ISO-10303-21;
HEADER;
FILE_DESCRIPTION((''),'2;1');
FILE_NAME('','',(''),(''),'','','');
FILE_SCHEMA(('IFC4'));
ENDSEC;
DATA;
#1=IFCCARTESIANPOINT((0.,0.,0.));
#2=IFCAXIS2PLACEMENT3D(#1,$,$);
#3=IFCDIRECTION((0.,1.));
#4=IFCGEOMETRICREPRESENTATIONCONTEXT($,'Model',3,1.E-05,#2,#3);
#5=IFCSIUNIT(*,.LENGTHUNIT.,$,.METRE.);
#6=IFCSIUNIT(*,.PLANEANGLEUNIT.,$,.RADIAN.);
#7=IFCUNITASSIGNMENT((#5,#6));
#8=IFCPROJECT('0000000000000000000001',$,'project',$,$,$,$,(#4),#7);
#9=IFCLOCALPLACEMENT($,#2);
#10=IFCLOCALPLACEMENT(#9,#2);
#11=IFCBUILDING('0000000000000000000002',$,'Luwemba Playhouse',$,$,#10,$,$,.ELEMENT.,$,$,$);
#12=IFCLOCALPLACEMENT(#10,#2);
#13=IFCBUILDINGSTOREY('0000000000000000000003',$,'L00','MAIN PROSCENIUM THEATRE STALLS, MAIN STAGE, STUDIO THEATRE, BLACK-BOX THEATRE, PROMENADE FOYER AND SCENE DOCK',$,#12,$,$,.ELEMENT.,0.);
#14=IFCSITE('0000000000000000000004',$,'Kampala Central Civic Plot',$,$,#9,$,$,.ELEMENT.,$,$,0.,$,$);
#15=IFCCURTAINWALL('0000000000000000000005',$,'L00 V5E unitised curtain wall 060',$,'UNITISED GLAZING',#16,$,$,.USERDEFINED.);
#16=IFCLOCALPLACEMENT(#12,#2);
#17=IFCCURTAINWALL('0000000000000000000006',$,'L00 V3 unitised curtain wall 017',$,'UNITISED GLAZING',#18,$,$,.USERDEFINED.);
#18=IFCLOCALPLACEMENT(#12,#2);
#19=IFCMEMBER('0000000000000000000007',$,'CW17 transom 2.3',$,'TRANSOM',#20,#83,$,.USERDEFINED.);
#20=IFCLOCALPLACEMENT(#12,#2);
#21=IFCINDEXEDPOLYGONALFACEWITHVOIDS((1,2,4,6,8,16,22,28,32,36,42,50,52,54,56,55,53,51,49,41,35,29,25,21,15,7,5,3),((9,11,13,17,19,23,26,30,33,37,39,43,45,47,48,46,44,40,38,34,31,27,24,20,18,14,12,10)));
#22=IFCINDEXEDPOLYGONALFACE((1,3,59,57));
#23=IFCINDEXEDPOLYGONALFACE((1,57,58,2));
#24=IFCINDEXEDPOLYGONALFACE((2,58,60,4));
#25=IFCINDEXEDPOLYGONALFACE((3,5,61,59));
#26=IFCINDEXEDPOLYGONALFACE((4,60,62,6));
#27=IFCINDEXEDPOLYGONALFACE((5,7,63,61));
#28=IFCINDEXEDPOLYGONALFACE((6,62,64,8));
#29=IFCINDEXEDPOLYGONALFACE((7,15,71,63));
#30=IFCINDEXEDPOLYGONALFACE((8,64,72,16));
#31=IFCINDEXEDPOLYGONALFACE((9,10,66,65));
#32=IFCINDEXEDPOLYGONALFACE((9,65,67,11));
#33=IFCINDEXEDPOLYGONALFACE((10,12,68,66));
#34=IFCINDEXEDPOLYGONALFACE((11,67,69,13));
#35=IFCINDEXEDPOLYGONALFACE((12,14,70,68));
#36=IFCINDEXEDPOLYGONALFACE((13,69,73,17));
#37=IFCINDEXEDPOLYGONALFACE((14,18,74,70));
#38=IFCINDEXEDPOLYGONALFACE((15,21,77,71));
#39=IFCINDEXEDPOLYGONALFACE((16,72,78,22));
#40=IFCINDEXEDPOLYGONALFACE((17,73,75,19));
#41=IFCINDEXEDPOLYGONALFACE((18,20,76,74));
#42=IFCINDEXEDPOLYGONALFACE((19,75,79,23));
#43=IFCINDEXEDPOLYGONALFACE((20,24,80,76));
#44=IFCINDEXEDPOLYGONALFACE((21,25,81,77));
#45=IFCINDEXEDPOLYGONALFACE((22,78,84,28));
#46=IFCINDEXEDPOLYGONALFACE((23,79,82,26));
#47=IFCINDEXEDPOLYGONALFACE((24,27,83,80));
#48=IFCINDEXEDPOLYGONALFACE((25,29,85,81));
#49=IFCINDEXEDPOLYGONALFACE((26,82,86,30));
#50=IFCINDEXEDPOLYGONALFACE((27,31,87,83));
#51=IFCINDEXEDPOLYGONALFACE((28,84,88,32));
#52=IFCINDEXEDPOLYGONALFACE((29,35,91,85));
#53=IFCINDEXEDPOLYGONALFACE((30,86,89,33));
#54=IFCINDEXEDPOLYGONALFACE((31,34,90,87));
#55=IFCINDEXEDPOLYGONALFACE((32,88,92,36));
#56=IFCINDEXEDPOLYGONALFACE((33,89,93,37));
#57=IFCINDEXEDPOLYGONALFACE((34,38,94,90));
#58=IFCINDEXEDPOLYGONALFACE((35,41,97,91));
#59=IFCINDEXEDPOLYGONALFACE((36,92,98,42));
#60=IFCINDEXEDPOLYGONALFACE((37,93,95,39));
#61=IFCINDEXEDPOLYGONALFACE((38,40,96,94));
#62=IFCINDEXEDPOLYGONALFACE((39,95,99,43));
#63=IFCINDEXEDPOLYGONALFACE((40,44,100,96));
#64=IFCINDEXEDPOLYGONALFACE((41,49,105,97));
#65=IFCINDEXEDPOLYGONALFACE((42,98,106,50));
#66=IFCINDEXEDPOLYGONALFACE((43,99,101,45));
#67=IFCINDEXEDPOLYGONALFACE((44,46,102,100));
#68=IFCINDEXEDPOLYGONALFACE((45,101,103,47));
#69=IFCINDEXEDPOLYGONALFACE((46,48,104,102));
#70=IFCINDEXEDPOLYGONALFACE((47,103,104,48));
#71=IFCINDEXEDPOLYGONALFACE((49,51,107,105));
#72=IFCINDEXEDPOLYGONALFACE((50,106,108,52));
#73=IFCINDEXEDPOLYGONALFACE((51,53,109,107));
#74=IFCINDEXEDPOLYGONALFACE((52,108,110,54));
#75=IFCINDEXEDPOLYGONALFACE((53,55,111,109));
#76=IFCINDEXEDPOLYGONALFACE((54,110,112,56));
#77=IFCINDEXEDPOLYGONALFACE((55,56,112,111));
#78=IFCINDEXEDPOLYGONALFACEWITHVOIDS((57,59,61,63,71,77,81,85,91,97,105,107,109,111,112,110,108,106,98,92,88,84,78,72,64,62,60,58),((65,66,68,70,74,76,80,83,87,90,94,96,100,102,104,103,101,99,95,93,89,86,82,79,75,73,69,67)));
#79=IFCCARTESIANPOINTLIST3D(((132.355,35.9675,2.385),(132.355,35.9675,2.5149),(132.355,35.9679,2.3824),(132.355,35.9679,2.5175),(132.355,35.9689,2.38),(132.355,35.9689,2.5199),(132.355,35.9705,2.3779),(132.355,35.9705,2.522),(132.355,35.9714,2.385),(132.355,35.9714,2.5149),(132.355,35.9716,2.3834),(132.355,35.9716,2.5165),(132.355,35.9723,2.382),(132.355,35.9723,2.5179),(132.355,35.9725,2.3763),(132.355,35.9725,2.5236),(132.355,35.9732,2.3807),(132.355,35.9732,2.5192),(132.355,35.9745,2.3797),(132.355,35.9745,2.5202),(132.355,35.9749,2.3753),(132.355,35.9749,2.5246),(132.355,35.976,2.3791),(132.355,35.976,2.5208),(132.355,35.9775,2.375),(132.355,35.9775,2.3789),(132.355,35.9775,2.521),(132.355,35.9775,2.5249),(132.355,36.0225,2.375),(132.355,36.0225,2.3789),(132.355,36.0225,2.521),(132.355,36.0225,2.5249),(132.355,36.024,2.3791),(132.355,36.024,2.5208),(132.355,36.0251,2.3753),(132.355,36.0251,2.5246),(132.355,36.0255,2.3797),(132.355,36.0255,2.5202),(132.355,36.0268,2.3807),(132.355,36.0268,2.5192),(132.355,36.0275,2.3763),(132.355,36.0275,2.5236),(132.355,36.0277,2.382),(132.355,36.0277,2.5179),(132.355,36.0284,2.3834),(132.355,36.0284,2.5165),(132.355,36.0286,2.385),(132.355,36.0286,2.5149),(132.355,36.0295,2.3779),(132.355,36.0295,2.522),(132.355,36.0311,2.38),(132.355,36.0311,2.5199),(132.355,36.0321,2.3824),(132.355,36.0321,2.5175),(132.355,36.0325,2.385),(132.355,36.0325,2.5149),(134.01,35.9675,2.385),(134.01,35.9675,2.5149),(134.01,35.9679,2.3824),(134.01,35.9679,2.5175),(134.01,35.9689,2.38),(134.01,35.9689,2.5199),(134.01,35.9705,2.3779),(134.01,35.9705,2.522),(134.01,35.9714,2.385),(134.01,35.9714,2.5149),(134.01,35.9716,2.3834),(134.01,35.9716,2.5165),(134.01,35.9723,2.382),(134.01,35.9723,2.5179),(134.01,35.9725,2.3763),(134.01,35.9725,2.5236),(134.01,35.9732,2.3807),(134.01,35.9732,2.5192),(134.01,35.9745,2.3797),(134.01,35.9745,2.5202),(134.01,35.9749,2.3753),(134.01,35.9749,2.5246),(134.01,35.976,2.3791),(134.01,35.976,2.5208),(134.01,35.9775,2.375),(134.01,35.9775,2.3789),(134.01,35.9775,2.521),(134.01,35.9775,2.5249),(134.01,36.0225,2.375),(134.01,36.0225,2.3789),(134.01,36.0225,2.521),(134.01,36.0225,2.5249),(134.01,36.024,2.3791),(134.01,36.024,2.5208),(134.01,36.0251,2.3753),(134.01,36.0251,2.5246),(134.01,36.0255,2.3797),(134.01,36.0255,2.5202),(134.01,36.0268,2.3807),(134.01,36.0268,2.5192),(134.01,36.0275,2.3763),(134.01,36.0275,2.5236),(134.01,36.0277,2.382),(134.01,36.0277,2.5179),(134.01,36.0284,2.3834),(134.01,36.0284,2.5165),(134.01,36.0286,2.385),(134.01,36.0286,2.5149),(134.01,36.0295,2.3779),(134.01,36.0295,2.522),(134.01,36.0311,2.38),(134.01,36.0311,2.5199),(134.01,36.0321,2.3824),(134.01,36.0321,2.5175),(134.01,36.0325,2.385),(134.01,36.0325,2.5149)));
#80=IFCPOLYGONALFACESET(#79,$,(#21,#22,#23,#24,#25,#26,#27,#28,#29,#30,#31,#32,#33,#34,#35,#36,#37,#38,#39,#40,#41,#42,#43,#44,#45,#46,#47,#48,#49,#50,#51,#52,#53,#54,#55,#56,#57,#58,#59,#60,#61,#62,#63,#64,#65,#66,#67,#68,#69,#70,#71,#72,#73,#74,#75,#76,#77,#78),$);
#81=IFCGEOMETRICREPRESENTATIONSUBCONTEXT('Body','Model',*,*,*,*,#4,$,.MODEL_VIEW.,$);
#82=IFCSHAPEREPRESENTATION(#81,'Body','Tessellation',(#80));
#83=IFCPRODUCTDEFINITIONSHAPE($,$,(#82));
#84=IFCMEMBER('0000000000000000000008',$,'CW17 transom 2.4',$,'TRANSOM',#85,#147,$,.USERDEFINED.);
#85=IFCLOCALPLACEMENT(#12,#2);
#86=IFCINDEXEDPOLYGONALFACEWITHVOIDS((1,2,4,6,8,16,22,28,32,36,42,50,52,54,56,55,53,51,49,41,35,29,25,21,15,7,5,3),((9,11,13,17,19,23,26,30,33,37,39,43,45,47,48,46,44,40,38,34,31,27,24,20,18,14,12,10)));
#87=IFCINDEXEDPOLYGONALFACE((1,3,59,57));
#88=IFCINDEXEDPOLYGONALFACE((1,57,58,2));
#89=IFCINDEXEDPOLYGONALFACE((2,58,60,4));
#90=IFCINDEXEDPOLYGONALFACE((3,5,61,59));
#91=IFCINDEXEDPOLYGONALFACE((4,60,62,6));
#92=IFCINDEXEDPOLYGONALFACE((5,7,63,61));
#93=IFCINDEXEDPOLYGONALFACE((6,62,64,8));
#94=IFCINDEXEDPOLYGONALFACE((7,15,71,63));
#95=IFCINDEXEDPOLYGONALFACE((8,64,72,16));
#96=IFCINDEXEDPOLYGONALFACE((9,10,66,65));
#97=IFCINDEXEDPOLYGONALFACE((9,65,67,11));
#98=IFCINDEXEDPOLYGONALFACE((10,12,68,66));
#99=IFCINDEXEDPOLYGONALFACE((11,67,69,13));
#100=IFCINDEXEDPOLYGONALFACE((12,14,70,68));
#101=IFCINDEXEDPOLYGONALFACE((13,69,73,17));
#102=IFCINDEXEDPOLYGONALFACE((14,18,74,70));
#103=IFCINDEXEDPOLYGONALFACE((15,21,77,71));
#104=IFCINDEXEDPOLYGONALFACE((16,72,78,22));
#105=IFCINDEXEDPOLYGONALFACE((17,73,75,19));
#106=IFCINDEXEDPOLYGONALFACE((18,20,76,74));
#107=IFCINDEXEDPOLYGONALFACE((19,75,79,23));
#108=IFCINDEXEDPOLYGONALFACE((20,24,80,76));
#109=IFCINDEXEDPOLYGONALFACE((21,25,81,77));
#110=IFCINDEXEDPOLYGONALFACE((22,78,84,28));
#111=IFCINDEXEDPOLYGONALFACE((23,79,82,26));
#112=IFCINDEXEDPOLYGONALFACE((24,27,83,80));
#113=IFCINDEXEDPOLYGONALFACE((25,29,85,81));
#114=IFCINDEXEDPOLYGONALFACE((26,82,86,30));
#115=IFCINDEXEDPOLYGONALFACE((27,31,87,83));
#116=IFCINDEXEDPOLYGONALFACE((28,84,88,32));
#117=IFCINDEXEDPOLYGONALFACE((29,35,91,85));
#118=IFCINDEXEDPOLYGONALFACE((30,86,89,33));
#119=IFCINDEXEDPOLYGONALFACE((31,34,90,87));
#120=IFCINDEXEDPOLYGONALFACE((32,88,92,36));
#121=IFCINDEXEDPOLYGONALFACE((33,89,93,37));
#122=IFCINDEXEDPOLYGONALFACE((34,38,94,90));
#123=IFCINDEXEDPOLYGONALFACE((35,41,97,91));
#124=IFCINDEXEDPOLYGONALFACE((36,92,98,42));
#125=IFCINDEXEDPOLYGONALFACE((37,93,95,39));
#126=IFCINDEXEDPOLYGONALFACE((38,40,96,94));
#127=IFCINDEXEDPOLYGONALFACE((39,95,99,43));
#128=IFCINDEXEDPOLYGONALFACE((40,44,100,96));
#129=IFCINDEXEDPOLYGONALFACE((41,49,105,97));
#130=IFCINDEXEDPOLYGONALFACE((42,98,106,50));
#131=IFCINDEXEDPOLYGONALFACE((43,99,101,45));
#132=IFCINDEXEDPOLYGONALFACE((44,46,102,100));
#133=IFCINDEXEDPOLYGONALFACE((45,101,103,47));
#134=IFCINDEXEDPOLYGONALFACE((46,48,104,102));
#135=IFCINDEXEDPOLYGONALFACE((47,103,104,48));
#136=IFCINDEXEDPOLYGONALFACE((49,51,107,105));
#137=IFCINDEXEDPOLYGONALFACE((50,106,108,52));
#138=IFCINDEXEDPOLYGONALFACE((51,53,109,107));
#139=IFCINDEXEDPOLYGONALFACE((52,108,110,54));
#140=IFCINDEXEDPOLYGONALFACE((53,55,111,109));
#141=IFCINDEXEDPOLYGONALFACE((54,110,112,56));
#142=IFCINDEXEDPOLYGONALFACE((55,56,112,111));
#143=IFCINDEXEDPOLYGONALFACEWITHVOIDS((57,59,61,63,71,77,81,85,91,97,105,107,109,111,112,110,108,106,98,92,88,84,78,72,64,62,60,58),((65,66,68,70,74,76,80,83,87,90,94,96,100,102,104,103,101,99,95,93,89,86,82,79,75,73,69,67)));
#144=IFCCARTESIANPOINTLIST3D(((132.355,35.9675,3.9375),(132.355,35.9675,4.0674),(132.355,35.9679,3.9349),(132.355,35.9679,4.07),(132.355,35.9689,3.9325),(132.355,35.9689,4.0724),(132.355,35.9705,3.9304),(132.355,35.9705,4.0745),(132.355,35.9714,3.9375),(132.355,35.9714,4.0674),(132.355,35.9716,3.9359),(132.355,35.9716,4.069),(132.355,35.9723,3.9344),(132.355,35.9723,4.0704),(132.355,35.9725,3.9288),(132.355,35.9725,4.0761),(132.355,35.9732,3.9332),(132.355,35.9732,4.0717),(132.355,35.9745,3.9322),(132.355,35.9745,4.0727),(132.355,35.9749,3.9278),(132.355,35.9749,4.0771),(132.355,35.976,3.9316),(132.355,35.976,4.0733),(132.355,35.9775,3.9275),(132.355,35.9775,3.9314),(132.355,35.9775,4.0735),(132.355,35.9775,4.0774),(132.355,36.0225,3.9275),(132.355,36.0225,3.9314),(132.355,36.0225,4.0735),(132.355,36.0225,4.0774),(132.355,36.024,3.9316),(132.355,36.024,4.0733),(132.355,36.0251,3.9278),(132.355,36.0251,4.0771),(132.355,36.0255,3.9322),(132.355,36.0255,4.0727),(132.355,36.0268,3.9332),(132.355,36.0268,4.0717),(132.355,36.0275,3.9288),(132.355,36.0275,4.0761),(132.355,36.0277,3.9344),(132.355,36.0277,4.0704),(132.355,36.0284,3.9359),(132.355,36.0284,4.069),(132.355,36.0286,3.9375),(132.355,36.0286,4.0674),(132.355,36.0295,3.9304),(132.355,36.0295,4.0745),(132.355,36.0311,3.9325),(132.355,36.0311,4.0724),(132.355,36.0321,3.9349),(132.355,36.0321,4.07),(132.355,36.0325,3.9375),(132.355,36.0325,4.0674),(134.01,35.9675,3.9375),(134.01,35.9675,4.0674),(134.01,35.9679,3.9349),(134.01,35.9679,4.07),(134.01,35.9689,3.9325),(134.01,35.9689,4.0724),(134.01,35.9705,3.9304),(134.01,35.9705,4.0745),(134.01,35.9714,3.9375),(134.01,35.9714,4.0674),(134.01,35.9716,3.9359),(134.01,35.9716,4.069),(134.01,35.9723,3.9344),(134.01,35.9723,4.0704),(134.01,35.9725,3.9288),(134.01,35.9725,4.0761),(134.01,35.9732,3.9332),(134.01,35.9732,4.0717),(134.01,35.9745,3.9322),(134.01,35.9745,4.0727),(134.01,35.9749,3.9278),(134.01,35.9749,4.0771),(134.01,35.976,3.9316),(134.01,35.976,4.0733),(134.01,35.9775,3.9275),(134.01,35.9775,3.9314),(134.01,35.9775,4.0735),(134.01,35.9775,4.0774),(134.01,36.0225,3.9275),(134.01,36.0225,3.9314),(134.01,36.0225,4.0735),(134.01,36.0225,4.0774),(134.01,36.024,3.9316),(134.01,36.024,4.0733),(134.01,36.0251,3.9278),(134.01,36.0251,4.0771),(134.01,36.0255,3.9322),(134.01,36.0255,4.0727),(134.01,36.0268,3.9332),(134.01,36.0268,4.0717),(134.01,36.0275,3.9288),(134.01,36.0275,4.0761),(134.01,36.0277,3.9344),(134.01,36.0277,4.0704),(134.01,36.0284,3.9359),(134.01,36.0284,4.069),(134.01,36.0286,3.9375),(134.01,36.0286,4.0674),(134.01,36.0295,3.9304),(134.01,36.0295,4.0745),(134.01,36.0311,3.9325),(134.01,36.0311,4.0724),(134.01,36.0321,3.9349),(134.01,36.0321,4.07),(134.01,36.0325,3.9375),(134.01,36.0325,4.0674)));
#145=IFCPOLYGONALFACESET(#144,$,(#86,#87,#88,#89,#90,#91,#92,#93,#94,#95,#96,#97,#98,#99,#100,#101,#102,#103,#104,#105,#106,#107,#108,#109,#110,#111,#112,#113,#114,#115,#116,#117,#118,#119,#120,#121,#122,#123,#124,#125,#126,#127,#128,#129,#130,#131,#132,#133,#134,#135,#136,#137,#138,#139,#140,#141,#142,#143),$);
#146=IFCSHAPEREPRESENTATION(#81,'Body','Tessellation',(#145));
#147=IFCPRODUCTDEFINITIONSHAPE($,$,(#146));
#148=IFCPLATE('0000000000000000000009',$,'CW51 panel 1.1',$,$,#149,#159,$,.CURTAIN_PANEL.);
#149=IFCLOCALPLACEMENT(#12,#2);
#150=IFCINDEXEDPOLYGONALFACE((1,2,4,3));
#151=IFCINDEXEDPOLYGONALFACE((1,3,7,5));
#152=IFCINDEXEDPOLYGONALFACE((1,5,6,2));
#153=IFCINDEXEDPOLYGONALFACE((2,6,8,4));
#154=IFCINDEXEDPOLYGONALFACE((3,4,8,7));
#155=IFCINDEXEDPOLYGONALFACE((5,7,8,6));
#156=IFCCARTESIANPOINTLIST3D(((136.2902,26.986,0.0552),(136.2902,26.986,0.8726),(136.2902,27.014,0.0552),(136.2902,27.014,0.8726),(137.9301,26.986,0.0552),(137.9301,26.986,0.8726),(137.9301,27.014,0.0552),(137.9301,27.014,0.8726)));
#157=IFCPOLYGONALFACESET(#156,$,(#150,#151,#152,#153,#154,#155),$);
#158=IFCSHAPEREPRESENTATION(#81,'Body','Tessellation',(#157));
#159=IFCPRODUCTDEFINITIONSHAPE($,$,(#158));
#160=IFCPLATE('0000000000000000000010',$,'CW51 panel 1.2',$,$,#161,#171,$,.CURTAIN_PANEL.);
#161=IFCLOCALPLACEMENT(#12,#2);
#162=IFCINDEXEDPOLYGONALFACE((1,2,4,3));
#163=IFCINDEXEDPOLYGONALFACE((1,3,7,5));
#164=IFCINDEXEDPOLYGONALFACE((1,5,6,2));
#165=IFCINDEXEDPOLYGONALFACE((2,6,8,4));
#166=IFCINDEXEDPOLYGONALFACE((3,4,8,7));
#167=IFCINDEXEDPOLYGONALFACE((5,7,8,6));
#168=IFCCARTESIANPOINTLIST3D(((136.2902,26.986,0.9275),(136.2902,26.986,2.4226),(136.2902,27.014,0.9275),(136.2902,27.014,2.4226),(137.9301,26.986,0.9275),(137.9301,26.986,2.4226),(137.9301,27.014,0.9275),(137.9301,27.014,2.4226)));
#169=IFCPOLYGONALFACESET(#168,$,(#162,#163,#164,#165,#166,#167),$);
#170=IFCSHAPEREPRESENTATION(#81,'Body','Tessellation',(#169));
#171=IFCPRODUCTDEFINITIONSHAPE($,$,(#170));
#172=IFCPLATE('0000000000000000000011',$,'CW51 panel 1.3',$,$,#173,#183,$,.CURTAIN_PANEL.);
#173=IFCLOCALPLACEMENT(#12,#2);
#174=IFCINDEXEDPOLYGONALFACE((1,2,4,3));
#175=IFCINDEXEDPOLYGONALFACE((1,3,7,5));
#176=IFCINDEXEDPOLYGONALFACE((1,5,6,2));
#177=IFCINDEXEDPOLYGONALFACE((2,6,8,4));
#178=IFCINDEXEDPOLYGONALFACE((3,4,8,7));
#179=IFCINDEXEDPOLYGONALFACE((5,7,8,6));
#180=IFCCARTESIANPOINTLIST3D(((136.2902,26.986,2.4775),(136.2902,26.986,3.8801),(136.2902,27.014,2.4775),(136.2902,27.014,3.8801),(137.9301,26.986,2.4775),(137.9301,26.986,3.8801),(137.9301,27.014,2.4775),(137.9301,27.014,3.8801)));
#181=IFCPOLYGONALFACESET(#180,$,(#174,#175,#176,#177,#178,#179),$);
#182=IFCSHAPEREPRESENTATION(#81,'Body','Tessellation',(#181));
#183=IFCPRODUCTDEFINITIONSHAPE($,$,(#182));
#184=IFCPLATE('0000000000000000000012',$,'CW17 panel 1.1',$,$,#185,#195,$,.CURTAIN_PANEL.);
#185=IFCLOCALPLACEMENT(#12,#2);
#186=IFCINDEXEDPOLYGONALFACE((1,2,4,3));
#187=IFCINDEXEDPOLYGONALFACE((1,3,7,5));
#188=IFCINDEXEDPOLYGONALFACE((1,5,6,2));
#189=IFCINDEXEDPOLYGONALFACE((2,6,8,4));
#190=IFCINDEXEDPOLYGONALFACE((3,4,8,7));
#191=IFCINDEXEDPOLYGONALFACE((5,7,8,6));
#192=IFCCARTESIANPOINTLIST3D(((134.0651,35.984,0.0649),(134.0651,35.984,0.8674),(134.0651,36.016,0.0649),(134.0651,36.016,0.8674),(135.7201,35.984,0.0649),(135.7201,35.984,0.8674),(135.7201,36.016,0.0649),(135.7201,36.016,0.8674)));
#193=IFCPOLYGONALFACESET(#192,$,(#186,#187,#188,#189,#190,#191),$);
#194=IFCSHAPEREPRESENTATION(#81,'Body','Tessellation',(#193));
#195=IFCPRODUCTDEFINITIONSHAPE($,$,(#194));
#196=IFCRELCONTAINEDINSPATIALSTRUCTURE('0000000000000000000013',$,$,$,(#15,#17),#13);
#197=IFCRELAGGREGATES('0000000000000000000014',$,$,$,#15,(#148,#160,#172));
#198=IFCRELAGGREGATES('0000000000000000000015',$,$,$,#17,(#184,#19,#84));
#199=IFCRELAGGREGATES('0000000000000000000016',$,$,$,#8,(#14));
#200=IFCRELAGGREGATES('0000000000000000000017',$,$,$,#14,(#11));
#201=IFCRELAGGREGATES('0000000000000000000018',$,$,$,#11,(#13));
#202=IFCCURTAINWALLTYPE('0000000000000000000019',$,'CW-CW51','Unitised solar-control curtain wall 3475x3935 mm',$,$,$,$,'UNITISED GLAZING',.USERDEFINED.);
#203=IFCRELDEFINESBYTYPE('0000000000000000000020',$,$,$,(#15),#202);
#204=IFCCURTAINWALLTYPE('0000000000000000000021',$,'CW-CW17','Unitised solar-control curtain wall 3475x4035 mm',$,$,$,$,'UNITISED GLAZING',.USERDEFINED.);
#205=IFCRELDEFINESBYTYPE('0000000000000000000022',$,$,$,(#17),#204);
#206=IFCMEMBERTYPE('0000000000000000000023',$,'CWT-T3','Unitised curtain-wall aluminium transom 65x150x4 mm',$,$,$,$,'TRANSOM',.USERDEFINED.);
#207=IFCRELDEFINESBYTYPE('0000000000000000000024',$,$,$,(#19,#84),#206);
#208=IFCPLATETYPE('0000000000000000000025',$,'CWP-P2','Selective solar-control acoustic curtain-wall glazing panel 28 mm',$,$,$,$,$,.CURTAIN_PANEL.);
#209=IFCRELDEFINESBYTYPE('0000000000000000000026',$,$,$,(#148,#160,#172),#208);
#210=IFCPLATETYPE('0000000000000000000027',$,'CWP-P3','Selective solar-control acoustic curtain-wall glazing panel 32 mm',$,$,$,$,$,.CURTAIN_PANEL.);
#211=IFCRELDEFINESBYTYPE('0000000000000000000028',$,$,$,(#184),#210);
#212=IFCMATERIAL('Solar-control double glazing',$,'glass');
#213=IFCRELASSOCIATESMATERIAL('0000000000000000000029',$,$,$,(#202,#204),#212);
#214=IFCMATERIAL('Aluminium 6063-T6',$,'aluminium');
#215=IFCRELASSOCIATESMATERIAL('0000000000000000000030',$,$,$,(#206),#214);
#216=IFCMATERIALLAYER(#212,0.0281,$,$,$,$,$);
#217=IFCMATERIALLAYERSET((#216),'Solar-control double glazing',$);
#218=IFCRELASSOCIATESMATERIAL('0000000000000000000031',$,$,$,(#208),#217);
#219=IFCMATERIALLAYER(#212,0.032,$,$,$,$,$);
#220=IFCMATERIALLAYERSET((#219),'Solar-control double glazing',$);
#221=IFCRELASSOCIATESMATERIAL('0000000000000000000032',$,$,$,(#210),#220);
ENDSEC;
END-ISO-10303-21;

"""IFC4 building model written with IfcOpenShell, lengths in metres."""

from ifc_helpers import new_model, si_unit, direction, frame, origin, origin_2d, place, context, subcontext, project, spatial, rectangle, hollow_rectangle, extrude, material, layer, layer_set, material_profile, profile_set, type_object, element, aggregate, save


model = new_model("IFC4")

# Units and contexts
model_context = context("Model", 3, precision=1e-05, world=origin(), true_north=direction((0.0, 1.0)))
body_context = subcontext(model_context, "Body", "Model", "MODEL_VIEW")
ifc_project = project(units=[si_unit("LENGTHUNIT", "METRE"), si_unit("PLANEANGLEUNIT", "RADIAN")], contexts=[model_context])

# Site, building, storey
site_placement = place(None, origin())
site = spatial("IfcSite", under=ifc_project, at=site_placement, Name="Kampala Central Civic Plot", CompositionType="ELEMENT", RefElevation=0.0)
building_placement = place(site_placement, origin())
building = spatial("IfcBuilding", under=site, at=building_placement, Name="Luwemba Playhouse", CompositionType="ELEMENT")
storey_placement = place(building_placement, origin())
storey = spatial("IfcBuildingStorey", under=building, at=storey_placement, Name="L00", Description="MAIN PROSCENIUM THEATRE STALLS, MAIN STAGE, STUDIO THEATRE, BLACK-BOX THEATRE, PROMENADE FOYER AND SCENE DOCK", CompositionType="ELEMENT", Elevation=0.0)

# Curtain wall
ifc_material_1 = material(Name="Solar-control double glazing", Category="glass")
curtain_wall_type_1 = type_object("IfcCurtainWallType", Name="CW-CW51", Description="Unitised solar-control curtain wall 3475x3935 mm", ElementType="UNITISED GLAZING", PredefinedType="USERDEFINED", material=ifc_material_1)
curtain_wall_1_placement = place(storey_placement, origin())
curtain_wall_1 = element("IfcCurtainWall", 1, at=curtain_wall_1_placement, inside=storey, type_object=curtain_wall_type_1, Name="L00 V5E unitised curtain wall 060", ObjectType="UNITISED GLAZING", PredefinedType="USERDEFINED")
ifc_material_2 = material(Name="Aluminium 6063-T6", Category="aluminium")

# Curtain wall
curtain_wall_type_2 = type_object("IfcCurtainWallType", Name="CW-CW17", Description="Unitised solar-control curtain wall 3475x4035 mm", ElementType="UNITISED GLAZING", PredefinedType="USERDEFINED", material=ifc_material_1)
curtain_wall_2_placement = place(storey_placement, origin())
curtain_wall_2 = element("IfcCurtainWall", 2, at=curtain_wall_2_placement, inside=storey, type_object=curtain_wall_type_2, Name="L00 V3 unitised curtain wall 017", ObjectType="UNITISED GLAZING", PredefinedType="USERDEFINED")

# Members
ifc_material_profile_1 = material_profile(ifc_material_2, hollow_rectangle(XDim=0.0649, YDim=0.1499, WallThickness=0.0039, InnerFilletRadius=0.0061, OuterFilletRadius=0.01, at=origin_2d()))
ifc_profile_set_1 = profile_set([ifc_material_profile_1], Name="Aluminium 6063-T6")
member_type_1 = type_object("IfcMemberType", Name="CWT-T3", Description="Unitised curtain-wall aluminium transom 65x150x4 mm", ElementType="TRANSOM", PredefinedType="USERDEFINED", material=ifc_profile_set_1)
member_1_placement = place(storey_placement, frame((134.01, 36.0, 2.45), z_axis=(-1.0, 0.0, 0.0), x_axis=(0.0, -1.0, 0.0)))
member_1 = element("IfcMember", 3, at=member_1_placement, type_object=member_type_1, Name="CW17 transom 2.3", ObjectType="TRANSOM", PredefinedType="USERDEFINED", context=body_context, shape_type="SweptSolid", body=[
    extrude(hollow_rectangle(XDim=0.0649, YDim=0.1499, WallThickness=0.0039, InnerFilletRadius=0.0061, OuterFilletRadius=0.01, at=origin_2d()), origin(), (0.0, 0.0, 1.0), 1.655),
])
member_2_placement = place(storey_placement, frame((134.01, 36.0, 4.0024), z_axis=(-1.0, 0.0, 0.0), x_axis=(0.0, -1.0, 0.0)))
member_2 = element("IfcMember", 4, at=member_2_placement, type_object=member_type_1, Name="CW17 transom 2.4", ObjectType="TRANSOM", PredefinedType="USERDEFINED", context=body_context, shape_type="SweptSolid", body=[
    extrude(hollow_rectangle(XDim=0.0649, YDim=0.1499, WallThickness=0.0039, InnerFilletRadius=0.0061, OuterFilletRadius=0.01, at=origin_2d()), origin(), (0.0, 0.0, 1.0), 1.655),
])

# Plates
ifc_layer_1 = layer(ifc_material_1, 0.0281)
ifc_layer_set_1 = layer_set([ifc_layer_1], Name="Solar-control double glazing")
plate_type_1 = type_object("IfcPlateType", Name="CWP-P2", Description="Selective solar-control acoustic curtain-wall glazing panel 28 mm", PredefinedType="CURTAIN_PANEL", material=ifc_layer_set_1)
plate_1_placement = place(storey_placement, frame((137.1101, 27.0, 0.0552), z_axis=(0.0, 0.0, 1.0), x_axis=(1.0, 0.0, 0.0)))
plate_1 = element("IfcPlate", 5, at=plate_1_placement, type_object=plate_type_1, Name="CW51 panel 1.1", PredefinedType="CURTAIN_PANEL", context=body_context, shape_type="SweptSolid", body=[
    extrude(rectangle(XDim=1.6399, YDim=0.0281, at=origin_2d()), origin(), (0.0, 0.0, 1.0), 0.8174),
])
plate_2_placement = place(storey_placement, frame((137.1101, 27.0, 0.9275), z_axis=(0.0, 0.0, 1.0), x_axis=(1.0, 0.0, 0.0)))
plate_2 = element("IfcPlate", 6, at=plate_2_placement, type_object=plate_type_1, Name="CW51 panel 1.2", PredefinedType="CURTAIN_PANEL", context=body_context, shape_type="SweptSolid", body=[
    extrude(rectangle(XDim=1.6399, YDim=0.0281, at=origin_2d()), origin(), (0.0, 0.0, 1.0), 1.4951),
])
plate_3_placement = place(storey_placement, frame((137.1101, 27.0, 2.4775), z_axis=(0.0, 0.0, 1.0), x_axis=(1.0, 0.0, 0.0)))
plate_3 = element("IfcPlate", 7, at=plate_3_placement, type_object=plate_type_1, Name="CW51 panel 1.3", PredefinedType="CURTAIN_PANEL", context=body_context, shape_type="SweptSolid", body=[
    extrude(rectangle(XDim=1.6399, YDim=0.0281, at=origin_2d()), origin(), (0.0, 0.0, 1.0), 1.4026),
])
aggregate(curtain_wall_1, [plate_1, plate_2, plate_3])
ifc_layer_2 = layer(ifc_material_1, 0.032)
ifc_layer_set_2 = layer_set([ifc_layer_2], Name="Solar-control double glazing")
plate_type_2 = type_object("IfcPlateType", Name="CWP-P3", Description="Selective solar-control acoustic curtain-wall glazing panel 32 mm", PredefinedType="CURTAIN_PANEL", material=ifc_layer_set_2)
plate_4_placement = place(storey_placement, frame((134.8926, 36.0, 0.0649), z_axis=(0.0, 0.0, 1.0), x_axis=(-1.0, 0.0, 0.0)))
plate_4 = element("IfcPlate", 8, at=plate_4_placement, type_object=plate_type_2, Name="CW17 panel 1.1", PredefinedType="CURTAIN_PANEL", context=body_context, shape_type="SweptSolid", body=[
    extrude(rectangle(XDim=1.655, YDim=0.032, at=origin_2d()), origin(), (0.0, 0.0, 1.0), 0.8025),
])
aggregate(curtain_wall_2, [plate_4, member_1, member_2])

save(model, "model.ifc")
